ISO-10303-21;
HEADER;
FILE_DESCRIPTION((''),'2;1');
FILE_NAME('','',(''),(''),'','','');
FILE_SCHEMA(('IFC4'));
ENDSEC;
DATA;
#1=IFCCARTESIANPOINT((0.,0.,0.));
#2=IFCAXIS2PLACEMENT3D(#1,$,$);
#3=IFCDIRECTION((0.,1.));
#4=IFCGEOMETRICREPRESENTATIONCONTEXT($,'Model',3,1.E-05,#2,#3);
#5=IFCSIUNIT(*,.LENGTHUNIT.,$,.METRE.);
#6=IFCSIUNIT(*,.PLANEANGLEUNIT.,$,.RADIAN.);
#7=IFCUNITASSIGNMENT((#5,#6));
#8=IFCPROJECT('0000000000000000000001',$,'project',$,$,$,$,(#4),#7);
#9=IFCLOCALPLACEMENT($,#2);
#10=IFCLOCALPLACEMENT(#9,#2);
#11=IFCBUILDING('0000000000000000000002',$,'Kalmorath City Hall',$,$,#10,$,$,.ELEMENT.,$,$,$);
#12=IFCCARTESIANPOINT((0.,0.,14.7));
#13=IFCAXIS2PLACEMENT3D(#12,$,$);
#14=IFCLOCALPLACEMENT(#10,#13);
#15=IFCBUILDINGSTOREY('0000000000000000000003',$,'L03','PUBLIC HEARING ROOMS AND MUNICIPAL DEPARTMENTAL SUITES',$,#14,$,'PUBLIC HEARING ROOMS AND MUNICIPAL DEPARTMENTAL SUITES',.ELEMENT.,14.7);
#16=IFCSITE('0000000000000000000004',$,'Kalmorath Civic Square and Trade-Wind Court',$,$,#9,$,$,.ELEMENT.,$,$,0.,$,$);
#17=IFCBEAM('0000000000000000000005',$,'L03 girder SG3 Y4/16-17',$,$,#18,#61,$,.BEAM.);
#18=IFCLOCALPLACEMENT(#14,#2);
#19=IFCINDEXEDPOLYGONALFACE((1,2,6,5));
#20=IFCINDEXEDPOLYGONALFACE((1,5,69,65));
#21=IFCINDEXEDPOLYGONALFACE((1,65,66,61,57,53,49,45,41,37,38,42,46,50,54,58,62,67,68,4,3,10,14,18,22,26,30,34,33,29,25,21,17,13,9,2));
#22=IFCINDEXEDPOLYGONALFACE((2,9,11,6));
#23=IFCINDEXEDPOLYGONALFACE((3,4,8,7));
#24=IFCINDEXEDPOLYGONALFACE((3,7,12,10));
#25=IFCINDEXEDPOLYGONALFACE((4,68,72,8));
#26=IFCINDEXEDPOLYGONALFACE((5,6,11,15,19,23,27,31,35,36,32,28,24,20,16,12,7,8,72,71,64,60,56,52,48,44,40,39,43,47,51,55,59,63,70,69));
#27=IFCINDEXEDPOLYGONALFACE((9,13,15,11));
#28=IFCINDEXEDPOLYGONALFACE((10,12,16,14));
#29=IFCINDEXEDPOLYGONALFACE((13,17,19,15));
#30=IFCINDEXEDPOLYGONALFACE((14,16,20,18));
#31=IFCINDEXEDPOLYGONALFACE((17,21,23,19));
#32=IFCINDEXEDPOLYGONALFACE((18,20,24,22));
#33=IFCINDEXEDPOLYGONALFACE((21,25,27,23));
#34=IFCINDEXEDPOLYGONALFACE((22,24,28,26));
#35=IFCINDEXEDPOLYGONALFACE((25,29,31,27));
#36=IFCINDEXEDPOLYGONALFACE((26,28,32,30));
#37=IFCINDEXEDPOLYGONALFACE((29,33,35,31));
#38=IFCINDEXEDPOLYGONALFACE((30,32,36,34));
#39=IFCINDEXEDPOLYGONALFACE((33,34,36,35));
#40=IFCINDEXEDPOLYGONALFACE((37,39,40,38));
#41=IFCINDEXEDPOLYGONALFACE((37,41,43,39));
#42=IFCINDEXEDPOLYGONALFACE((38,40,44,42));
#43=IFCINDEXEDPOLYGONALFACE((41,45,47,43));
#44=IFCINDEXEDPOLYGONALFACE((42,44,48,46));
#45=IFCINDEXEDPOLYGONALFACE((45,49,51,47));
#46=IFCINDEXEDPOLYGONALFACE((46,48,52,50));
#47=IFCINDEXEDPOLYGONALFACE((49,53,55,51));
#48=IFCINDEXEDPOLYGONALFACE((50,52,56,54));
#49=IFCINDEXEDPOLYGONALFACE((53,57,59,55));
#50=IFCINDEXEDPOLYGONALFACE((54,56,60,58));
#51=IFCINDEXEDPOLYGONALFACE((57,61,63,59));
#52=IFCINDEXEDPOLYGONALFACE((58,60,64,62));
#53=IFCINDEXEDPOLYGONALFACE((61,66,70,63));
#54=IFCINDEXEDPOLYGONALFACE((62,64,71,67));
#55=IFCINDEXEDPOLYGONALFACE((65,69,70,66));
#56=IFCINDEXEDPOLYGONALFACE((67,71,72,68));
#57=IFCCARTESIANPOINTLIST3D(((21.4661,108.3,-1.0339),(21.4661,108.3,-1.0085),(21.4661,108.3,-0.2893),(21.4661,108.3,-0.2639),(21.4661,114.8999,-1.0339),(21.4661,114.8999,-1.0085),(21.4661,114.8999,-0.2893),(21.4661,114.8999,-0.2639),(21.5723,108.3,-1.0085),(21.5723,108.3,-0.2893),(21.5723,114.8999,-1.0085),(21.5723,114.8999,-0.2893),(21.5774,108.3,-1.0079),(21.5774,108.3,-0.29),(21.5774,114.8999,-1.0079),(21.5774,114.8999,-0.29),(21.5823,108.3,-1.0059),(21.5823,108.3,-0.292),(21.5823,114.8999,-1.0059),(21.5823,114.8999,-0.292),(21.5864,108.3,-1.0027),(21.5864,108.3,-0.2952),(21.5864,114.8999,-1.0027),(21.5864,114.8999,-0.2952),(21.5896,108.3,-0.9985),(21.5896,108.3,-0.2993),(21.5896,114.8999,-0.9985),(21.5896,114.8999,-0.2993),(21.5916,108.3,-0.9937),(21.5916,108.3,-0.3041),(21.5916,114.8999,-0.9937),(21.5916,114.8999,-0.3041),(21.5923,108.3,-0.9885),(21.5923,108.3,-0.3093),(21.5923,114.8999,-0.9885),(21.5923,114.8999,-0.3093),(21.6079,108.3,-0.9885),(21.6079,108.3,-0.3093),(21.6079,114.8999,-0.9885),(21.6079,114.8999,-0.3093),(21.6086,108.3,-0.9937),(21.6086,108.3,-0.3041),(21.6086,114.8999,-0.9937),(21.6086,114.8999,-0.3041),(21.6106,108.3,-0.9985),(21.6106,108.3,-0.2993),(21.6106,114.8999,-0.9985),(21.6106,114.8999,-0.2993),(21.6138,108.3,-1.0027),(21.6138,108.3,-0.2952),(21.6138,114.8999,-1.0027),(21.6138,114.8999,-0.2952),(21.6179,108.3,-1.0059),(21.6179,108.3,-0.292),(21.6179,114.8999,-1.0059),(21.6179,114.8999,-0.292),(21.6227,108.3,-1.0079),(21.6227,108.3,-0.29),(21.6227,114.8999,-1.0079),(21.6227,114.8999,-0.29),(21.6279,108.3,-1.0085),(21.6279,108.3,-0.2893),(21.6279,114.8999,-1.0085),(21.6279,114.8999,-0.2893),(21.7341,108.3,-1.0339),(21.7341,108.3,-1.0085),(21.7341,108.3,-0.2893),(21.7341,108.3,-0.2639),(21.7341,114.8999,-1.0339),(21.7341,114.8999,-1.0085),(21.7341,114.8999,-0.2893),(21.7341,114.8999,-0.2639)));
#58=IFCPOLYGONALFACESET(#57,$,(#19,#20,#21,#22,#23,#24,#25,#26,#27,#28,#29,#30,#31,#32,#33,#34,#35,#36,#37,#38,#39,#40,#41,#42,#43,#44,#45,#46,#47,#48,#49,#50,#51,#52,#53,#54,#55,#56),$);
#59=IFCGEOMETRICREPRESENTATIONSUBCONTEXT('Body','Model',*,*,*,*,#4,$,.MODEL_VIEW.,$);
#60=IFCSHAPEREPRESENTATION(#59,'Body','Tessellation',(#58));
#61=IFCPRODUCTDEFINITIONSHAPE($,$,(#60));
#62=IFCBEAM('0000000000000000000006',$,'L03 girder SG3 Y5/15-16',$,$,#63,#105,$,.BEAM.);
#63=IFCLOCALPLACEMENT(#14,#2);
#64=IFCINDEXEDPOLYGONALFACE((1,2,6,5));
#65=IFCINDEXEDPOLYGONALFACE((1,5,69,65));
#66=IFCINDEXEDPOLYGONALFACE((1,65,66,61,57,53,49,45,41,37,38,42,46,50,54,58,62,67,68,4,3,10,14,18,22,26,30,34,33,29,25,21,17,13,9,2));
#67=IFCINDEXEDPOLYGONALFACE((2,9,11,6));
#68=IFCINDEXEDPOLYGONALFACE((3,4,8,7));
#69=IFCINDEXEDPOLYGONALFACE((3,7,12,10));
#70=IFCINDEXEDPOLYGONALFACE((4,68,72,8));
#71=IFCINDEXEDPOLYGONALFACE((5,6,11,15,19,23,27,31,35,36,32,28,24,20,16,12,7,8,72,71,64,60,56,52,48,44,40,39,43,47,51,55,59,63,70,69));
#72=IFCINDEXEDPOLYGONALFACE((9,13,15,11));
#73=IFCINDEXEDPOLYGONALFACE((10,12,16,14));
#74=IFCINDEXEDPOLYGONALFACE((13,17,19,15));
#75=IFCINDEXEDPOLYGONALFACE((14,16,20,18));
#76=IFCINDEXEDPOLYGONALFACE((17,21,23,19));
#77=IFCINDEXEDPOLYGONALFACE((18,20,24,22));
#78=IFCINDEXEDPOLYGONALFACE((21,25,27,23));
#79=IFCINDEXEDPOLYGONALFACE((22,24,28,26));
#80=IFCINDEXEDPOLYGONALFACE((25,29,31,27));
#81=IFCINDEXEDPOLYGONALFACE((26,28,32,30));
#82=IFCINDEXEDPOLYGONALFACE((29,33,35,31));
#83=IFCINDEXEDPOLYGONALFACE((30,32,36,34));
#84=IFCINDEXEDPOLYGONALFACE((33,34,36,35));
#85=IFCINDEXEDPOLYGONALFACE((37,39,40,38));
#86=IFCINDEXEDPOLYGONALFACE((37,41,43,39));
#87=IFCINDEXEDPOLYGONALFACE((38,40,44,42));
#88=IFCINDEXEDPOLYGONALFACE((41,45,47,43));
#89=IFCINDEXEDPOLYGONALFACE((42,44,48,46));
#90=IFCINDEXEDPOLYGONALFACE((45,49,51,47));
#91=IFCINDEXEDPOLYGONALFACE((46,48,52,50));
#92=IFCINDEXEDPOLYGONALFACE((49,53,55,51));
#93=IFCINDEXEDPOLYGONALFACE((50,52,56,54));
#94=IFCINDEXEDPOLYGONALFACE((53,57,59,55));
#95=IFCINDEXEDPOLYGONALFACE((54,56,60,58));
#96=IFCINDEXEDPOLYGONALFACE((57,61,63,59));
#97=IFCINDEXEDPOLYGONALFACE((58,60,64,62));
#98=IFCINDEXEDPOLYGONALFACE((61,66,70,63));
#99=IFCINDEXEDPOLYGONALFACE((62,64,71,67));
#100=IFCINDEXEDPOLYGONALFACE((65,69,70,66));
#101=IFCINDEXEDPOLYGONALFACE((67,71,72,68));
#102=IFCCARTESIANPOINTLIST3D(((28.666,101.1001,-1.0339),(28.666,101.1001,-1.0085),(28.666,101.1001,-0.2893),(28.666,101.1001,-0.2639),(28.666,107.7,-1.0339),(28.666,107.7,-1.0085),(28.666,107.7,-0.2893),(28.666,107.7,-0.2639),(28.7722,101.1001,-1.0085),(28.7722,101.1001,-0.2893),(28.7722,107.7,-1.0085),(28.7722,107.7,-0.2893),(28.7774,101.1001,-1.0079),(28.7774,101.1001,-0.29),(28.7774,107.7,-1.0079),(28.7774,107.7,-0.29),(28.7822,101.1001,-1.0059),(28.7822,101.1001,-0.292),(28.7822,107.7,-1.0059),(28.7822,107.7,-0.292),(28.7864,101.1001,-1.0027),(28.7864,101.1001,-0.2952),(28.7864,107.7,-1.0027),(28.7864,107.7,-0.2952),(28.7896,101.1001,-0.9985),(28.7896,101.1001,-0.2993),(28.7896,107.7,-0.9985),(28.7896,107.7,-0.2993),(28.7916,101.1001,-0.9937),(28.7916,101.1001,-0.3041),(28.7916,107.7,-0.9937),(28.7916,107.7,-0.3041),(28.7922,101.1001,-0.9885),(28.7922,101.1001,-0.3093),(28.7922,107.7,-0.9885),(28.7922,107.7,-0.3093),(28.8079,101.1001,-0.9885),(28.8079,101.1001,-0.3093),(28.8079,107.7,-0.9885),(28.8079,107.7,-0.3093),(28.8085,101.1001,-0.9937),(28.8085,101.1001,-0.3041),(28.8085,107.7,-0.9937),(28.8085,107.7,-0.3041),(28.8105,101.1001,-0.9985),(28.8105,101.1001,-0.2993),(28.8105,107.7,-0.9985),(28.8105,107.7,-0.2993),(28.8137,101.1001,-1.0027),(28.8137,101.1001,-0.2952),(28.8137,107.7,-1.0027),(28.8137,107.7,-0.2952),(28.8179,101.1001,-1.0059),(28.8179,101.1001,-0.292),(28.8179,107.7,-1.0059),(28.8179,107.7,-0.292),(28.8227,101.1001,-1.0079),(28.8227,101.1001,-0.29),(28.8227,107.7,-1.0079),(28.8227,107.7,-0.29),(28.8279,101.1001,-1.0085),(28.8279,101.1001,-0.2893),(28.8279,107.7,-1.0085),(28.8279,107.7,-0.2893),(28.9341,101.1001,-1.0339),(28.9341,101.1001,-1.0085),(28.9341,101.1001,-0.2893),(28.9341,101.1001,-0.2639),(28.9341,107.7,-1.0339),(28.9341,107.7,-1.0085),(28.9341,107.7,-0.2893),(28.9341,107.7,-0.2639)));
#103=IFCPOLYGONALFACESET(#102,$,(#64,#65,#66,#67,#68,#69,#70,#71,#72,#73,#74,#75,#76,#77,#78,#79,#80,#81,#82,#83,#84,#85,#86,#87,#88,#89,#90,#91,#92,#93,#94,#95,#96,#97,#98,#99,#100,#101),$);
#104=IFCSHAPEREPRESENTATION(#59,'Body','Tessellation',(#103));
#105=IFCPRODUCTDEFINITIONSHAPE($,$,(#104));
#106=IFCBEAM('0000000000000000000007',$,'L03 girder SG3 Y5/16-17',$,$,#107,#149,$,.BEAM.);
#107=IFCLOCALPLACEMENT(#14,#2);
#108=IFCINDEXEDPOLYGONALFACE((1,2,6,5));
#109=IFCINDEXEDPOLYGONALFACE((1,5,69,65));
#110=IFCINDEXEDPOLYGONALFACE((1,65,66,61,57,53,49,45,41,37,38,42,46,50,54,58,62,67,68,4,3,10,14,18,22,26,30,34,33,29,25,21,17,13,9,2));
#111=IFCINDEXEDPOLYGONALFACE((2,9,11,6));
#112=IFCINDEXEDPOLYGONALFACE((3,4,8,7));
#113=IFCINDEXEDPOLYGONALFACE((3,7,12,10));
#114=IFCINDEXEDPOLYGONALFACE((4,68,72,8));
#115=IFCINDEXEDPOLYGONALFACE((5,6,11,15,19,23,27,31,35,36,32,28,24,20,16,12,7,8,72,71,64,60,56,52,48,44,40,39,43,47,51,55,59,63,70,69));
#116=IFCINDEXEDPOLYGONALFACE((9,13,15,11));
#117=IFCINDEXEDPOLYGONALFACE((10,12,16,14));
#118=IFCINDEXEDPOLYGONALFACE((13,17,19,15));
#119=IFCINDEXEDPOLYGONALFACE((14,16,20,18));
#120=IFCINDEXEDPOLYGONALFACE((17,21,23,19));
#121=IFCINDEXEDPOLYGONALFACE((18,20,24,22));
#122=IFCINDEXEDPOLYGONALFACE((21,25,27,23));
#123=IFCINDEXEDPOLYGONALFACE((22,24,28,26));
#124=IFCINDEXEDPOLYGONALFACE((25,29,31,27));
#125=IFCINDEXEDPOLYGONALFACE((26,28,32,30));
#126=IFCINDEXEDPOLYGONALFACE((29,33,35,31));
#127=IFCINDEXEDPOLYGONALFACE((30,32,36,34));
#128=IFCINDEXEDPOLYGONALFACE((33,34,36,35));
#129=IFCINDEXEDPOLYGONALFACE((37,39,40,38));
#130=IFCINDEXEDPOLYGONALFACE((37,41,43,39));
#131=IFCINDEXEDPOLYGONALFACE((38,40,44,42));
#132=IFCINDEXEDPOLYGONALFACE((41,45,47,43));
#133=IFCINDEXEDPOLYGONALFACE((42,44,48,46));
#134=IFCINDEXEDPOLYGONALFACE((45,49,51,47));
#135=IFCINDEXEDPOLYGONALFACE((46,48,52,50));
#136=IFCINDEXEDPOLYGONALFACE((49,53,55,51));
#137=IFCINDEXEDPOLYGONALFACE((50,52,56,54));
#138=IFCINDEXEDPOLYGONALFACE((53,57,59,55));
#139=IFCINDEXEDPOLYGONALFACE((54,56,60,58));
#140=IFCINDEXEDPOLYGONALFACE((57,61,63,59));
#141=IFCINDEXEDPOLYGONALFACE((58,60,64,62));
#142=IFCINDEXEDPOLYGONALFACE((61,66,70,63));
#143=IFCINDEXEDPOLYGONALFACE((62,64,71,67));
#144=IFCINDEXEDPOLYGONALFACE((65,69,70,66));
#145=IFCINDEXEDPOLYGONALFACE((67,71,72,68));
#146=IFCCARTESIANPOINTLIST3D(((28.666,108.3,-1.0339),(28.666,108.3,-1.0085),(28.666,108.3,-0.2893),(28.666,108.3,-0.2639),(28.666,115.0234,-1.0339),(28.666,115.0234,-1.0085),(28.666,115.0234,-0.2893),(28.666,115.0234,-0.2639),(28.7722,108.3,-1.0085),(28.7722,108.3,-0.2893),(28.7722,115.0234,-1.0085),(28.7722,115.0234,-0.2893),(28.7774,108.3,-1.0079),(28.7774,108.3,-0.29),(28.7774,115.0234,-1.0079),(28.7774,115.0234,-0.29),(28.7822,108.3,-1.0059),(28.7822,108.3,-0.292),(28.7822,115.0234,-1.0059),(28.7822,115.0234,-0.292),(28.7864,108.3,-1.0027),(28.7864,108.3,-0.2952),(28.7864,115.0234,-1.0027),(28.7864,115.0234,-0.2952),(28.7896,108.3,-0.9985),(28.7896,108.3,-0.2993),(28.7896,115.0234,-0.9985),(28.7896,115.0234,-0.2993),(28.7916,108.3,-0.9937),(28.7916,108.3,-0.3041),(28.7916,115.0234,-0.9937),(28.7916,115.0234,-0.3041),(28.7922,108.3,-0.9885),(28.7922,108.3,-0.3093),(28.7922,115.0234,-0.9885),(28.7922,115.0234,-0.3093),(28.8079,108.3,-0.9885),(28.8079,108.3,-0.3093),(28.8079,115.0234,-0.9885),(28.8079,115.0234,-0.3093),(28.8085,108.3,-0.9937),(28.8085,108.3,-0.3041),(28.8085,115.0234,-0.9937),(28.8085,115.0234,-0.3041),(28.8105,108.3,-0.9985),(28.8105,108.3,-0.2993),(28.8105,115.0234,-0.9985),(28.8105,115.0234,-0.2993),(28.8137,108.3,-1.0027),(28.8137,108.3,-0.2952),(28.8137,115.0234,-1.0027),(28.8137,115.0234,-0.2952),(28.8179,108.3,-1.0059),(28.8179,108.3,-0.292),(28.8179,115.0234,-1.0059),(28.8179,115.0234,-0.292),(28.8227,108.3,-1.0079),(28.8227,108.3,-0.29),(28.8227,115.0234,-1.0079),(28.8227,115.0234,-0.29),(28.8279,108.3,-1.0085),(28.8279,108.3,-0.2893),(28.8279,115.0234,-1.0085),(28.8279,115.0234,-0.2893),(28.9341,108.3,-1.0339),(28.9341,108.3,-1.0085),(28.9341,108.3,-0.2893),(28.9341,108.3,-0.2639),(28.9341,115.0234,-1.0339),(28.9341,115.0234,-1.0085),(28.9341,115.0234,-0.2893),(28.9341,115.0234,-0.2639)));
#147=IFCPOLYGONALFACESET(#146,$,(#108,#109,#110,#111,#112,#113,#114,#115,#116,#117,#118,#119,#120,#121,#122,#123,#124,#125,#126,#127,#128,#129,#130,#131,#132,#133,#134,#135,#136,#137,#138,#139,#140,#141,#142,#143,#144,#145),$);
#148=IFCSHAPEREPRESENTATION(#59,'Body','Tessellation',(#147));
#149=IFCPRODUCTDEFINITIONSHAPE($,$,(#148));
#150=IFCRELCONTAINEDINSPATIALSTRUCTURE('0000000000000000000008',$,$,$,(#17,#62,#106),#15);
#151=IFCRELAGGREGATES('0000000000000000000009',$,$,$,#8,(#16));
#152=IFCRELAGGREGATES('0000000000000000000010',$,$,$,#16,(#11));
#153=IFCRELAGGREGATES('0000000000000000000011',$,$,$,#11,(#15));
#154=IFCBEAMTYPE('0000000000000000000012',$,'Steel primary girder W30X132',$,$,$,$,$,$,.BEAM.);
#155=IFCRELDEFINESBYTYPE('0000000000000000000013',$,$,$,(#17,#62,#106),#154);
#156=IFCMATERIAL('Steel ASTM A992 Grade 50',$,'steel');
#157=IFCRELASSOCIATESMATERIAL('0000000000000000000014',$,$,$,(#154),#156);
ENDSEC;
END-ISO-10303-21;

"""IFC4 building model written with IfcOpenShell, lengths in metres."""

from ifc_helpers import new_model, si_unit, direction, frame, origin, origin_2d, place, context, subcontext, project, spatial, i_section, extrude, material, material_profile, profile_set, type_object, element, save


model = new_model("IFC4")

# Units and contexts
model_context = context("Model", 3, precision=1e-05, world=origin(), true_north=direction((0.0, 1.0)))
body_context = subcontext(model_context, "Body", "Model", "MODEL_VIEW")
ifc_project = project(units=[si_unit("LENGTHUNIT", "METRE"), si_unit("PLANEANGLEUNIT", "RADIAN")], contexts=[model_context])

# Site, building, storey
site_placement = place(None, origin())
site = spatial("IfcSite", under=ifc_project, at=site_placement, Name="Kalmorath Civic Square and Trade-Wind Court", CompositionType="ELEMENT", RefElevation=0.0)
building_placement = place(site_placement, origin())
building = spatial("IfcBuilding", under=site, at=building_placement, Name="Kalmorath City Hall", CompositionType="ELEMENT")
storey_placement = place(building_placement, frame((0.0, 0.0, 14.7)))
storey = spatial("IfcBuildingStorey", under=building, at=storey_placement, Name="L03", Description="PUBLIC HEARING ROOMS AND MUNICIPAL DEPARTMENTAL SUITES", LongName="PUBLIC HEARING ROOMS AND MUNICIPAL DEPARTMENTAL SUITES", CompositionType="ELEMENT", Elevation=14.7)

# Beams
ifc_material_1 = material(Name="Steel ASTM A992 Grade 50", Category="steel")
ifc_material_profile_1 = material_profile(ifc_material_1, i_section(OverallWidth=0.2681, OverallDepth=0.77, WebThickness=0.0156, FlangeThickness=0.0254, FilletRadius=0.02, at=origin_2d()), Name="W30X132")
ifc_profile_set_1 = profile_set([ifc_material_profile_1], Name="Steel ASTM A992 Grade 50")
beam_type_1 = type_object("IfcBeamType", Name="Steel primary girder W30X132", PredefinedType="BEAM", material=ifc_profile_set_1)
for number, where, z_axis, x_axis, name in (
    (1, (21.6001, 108.3, -0.6489), (0.0, 1.0, 0.0), (-1.0, 0.0, 0.0), "L03 girder SG3 Y4/16-17"),
    (2, (28.8, 101.1001, -0.6489), (0.0, 1.0, 0.0), (-1.0, 0.0, 0.0), "L03 girder SG3 Y5/15-16"),
):
    element("IfcBeam", number, at=place(storey_placement, frame(where, z_axis=z_axis, x_axis=x_axis)), inside=storey, type_object=beam_type_1, Name=name, PredefinedType="BEAM", context=body_context, shape_type="SweptSolid", body=[
        extrude(i_section(OverallWidth=0.2681, OverallDepth=0.77, WebThickness=0.0156, FlangeThickness=0.0254, FilletRadius=0.02, at=origin_2d()), origin(), (0.0, 0.0, 1.0), 6.5999),
    ])
beam_1_placement = place(storey_placement, frame((28.8, 108.3, -0.6489), z_axis=(0.0, 1.0, 0.0), x_axis=(-1.0, 0.0, 0.0)))
element("IfcBeam", 3, at=beam_1_placement, inside=storey, type_object=beam_type_1, Name="L03 girder SG3 Y5/16-17", PredefinedType="BEAM", context=body_context, shape_type="SweptSolid", body=[
    extrude(i_section(OverallWidth=0.2681, OverallDepth=0.77, WebThickness=0.0156, FlangeThickness=0.0254, FilletRadius=0.02, at=origin_2d()), origin(), (0.0, 0.0, 1.0), 6.7234),
])

save(model, "model.ifc")
